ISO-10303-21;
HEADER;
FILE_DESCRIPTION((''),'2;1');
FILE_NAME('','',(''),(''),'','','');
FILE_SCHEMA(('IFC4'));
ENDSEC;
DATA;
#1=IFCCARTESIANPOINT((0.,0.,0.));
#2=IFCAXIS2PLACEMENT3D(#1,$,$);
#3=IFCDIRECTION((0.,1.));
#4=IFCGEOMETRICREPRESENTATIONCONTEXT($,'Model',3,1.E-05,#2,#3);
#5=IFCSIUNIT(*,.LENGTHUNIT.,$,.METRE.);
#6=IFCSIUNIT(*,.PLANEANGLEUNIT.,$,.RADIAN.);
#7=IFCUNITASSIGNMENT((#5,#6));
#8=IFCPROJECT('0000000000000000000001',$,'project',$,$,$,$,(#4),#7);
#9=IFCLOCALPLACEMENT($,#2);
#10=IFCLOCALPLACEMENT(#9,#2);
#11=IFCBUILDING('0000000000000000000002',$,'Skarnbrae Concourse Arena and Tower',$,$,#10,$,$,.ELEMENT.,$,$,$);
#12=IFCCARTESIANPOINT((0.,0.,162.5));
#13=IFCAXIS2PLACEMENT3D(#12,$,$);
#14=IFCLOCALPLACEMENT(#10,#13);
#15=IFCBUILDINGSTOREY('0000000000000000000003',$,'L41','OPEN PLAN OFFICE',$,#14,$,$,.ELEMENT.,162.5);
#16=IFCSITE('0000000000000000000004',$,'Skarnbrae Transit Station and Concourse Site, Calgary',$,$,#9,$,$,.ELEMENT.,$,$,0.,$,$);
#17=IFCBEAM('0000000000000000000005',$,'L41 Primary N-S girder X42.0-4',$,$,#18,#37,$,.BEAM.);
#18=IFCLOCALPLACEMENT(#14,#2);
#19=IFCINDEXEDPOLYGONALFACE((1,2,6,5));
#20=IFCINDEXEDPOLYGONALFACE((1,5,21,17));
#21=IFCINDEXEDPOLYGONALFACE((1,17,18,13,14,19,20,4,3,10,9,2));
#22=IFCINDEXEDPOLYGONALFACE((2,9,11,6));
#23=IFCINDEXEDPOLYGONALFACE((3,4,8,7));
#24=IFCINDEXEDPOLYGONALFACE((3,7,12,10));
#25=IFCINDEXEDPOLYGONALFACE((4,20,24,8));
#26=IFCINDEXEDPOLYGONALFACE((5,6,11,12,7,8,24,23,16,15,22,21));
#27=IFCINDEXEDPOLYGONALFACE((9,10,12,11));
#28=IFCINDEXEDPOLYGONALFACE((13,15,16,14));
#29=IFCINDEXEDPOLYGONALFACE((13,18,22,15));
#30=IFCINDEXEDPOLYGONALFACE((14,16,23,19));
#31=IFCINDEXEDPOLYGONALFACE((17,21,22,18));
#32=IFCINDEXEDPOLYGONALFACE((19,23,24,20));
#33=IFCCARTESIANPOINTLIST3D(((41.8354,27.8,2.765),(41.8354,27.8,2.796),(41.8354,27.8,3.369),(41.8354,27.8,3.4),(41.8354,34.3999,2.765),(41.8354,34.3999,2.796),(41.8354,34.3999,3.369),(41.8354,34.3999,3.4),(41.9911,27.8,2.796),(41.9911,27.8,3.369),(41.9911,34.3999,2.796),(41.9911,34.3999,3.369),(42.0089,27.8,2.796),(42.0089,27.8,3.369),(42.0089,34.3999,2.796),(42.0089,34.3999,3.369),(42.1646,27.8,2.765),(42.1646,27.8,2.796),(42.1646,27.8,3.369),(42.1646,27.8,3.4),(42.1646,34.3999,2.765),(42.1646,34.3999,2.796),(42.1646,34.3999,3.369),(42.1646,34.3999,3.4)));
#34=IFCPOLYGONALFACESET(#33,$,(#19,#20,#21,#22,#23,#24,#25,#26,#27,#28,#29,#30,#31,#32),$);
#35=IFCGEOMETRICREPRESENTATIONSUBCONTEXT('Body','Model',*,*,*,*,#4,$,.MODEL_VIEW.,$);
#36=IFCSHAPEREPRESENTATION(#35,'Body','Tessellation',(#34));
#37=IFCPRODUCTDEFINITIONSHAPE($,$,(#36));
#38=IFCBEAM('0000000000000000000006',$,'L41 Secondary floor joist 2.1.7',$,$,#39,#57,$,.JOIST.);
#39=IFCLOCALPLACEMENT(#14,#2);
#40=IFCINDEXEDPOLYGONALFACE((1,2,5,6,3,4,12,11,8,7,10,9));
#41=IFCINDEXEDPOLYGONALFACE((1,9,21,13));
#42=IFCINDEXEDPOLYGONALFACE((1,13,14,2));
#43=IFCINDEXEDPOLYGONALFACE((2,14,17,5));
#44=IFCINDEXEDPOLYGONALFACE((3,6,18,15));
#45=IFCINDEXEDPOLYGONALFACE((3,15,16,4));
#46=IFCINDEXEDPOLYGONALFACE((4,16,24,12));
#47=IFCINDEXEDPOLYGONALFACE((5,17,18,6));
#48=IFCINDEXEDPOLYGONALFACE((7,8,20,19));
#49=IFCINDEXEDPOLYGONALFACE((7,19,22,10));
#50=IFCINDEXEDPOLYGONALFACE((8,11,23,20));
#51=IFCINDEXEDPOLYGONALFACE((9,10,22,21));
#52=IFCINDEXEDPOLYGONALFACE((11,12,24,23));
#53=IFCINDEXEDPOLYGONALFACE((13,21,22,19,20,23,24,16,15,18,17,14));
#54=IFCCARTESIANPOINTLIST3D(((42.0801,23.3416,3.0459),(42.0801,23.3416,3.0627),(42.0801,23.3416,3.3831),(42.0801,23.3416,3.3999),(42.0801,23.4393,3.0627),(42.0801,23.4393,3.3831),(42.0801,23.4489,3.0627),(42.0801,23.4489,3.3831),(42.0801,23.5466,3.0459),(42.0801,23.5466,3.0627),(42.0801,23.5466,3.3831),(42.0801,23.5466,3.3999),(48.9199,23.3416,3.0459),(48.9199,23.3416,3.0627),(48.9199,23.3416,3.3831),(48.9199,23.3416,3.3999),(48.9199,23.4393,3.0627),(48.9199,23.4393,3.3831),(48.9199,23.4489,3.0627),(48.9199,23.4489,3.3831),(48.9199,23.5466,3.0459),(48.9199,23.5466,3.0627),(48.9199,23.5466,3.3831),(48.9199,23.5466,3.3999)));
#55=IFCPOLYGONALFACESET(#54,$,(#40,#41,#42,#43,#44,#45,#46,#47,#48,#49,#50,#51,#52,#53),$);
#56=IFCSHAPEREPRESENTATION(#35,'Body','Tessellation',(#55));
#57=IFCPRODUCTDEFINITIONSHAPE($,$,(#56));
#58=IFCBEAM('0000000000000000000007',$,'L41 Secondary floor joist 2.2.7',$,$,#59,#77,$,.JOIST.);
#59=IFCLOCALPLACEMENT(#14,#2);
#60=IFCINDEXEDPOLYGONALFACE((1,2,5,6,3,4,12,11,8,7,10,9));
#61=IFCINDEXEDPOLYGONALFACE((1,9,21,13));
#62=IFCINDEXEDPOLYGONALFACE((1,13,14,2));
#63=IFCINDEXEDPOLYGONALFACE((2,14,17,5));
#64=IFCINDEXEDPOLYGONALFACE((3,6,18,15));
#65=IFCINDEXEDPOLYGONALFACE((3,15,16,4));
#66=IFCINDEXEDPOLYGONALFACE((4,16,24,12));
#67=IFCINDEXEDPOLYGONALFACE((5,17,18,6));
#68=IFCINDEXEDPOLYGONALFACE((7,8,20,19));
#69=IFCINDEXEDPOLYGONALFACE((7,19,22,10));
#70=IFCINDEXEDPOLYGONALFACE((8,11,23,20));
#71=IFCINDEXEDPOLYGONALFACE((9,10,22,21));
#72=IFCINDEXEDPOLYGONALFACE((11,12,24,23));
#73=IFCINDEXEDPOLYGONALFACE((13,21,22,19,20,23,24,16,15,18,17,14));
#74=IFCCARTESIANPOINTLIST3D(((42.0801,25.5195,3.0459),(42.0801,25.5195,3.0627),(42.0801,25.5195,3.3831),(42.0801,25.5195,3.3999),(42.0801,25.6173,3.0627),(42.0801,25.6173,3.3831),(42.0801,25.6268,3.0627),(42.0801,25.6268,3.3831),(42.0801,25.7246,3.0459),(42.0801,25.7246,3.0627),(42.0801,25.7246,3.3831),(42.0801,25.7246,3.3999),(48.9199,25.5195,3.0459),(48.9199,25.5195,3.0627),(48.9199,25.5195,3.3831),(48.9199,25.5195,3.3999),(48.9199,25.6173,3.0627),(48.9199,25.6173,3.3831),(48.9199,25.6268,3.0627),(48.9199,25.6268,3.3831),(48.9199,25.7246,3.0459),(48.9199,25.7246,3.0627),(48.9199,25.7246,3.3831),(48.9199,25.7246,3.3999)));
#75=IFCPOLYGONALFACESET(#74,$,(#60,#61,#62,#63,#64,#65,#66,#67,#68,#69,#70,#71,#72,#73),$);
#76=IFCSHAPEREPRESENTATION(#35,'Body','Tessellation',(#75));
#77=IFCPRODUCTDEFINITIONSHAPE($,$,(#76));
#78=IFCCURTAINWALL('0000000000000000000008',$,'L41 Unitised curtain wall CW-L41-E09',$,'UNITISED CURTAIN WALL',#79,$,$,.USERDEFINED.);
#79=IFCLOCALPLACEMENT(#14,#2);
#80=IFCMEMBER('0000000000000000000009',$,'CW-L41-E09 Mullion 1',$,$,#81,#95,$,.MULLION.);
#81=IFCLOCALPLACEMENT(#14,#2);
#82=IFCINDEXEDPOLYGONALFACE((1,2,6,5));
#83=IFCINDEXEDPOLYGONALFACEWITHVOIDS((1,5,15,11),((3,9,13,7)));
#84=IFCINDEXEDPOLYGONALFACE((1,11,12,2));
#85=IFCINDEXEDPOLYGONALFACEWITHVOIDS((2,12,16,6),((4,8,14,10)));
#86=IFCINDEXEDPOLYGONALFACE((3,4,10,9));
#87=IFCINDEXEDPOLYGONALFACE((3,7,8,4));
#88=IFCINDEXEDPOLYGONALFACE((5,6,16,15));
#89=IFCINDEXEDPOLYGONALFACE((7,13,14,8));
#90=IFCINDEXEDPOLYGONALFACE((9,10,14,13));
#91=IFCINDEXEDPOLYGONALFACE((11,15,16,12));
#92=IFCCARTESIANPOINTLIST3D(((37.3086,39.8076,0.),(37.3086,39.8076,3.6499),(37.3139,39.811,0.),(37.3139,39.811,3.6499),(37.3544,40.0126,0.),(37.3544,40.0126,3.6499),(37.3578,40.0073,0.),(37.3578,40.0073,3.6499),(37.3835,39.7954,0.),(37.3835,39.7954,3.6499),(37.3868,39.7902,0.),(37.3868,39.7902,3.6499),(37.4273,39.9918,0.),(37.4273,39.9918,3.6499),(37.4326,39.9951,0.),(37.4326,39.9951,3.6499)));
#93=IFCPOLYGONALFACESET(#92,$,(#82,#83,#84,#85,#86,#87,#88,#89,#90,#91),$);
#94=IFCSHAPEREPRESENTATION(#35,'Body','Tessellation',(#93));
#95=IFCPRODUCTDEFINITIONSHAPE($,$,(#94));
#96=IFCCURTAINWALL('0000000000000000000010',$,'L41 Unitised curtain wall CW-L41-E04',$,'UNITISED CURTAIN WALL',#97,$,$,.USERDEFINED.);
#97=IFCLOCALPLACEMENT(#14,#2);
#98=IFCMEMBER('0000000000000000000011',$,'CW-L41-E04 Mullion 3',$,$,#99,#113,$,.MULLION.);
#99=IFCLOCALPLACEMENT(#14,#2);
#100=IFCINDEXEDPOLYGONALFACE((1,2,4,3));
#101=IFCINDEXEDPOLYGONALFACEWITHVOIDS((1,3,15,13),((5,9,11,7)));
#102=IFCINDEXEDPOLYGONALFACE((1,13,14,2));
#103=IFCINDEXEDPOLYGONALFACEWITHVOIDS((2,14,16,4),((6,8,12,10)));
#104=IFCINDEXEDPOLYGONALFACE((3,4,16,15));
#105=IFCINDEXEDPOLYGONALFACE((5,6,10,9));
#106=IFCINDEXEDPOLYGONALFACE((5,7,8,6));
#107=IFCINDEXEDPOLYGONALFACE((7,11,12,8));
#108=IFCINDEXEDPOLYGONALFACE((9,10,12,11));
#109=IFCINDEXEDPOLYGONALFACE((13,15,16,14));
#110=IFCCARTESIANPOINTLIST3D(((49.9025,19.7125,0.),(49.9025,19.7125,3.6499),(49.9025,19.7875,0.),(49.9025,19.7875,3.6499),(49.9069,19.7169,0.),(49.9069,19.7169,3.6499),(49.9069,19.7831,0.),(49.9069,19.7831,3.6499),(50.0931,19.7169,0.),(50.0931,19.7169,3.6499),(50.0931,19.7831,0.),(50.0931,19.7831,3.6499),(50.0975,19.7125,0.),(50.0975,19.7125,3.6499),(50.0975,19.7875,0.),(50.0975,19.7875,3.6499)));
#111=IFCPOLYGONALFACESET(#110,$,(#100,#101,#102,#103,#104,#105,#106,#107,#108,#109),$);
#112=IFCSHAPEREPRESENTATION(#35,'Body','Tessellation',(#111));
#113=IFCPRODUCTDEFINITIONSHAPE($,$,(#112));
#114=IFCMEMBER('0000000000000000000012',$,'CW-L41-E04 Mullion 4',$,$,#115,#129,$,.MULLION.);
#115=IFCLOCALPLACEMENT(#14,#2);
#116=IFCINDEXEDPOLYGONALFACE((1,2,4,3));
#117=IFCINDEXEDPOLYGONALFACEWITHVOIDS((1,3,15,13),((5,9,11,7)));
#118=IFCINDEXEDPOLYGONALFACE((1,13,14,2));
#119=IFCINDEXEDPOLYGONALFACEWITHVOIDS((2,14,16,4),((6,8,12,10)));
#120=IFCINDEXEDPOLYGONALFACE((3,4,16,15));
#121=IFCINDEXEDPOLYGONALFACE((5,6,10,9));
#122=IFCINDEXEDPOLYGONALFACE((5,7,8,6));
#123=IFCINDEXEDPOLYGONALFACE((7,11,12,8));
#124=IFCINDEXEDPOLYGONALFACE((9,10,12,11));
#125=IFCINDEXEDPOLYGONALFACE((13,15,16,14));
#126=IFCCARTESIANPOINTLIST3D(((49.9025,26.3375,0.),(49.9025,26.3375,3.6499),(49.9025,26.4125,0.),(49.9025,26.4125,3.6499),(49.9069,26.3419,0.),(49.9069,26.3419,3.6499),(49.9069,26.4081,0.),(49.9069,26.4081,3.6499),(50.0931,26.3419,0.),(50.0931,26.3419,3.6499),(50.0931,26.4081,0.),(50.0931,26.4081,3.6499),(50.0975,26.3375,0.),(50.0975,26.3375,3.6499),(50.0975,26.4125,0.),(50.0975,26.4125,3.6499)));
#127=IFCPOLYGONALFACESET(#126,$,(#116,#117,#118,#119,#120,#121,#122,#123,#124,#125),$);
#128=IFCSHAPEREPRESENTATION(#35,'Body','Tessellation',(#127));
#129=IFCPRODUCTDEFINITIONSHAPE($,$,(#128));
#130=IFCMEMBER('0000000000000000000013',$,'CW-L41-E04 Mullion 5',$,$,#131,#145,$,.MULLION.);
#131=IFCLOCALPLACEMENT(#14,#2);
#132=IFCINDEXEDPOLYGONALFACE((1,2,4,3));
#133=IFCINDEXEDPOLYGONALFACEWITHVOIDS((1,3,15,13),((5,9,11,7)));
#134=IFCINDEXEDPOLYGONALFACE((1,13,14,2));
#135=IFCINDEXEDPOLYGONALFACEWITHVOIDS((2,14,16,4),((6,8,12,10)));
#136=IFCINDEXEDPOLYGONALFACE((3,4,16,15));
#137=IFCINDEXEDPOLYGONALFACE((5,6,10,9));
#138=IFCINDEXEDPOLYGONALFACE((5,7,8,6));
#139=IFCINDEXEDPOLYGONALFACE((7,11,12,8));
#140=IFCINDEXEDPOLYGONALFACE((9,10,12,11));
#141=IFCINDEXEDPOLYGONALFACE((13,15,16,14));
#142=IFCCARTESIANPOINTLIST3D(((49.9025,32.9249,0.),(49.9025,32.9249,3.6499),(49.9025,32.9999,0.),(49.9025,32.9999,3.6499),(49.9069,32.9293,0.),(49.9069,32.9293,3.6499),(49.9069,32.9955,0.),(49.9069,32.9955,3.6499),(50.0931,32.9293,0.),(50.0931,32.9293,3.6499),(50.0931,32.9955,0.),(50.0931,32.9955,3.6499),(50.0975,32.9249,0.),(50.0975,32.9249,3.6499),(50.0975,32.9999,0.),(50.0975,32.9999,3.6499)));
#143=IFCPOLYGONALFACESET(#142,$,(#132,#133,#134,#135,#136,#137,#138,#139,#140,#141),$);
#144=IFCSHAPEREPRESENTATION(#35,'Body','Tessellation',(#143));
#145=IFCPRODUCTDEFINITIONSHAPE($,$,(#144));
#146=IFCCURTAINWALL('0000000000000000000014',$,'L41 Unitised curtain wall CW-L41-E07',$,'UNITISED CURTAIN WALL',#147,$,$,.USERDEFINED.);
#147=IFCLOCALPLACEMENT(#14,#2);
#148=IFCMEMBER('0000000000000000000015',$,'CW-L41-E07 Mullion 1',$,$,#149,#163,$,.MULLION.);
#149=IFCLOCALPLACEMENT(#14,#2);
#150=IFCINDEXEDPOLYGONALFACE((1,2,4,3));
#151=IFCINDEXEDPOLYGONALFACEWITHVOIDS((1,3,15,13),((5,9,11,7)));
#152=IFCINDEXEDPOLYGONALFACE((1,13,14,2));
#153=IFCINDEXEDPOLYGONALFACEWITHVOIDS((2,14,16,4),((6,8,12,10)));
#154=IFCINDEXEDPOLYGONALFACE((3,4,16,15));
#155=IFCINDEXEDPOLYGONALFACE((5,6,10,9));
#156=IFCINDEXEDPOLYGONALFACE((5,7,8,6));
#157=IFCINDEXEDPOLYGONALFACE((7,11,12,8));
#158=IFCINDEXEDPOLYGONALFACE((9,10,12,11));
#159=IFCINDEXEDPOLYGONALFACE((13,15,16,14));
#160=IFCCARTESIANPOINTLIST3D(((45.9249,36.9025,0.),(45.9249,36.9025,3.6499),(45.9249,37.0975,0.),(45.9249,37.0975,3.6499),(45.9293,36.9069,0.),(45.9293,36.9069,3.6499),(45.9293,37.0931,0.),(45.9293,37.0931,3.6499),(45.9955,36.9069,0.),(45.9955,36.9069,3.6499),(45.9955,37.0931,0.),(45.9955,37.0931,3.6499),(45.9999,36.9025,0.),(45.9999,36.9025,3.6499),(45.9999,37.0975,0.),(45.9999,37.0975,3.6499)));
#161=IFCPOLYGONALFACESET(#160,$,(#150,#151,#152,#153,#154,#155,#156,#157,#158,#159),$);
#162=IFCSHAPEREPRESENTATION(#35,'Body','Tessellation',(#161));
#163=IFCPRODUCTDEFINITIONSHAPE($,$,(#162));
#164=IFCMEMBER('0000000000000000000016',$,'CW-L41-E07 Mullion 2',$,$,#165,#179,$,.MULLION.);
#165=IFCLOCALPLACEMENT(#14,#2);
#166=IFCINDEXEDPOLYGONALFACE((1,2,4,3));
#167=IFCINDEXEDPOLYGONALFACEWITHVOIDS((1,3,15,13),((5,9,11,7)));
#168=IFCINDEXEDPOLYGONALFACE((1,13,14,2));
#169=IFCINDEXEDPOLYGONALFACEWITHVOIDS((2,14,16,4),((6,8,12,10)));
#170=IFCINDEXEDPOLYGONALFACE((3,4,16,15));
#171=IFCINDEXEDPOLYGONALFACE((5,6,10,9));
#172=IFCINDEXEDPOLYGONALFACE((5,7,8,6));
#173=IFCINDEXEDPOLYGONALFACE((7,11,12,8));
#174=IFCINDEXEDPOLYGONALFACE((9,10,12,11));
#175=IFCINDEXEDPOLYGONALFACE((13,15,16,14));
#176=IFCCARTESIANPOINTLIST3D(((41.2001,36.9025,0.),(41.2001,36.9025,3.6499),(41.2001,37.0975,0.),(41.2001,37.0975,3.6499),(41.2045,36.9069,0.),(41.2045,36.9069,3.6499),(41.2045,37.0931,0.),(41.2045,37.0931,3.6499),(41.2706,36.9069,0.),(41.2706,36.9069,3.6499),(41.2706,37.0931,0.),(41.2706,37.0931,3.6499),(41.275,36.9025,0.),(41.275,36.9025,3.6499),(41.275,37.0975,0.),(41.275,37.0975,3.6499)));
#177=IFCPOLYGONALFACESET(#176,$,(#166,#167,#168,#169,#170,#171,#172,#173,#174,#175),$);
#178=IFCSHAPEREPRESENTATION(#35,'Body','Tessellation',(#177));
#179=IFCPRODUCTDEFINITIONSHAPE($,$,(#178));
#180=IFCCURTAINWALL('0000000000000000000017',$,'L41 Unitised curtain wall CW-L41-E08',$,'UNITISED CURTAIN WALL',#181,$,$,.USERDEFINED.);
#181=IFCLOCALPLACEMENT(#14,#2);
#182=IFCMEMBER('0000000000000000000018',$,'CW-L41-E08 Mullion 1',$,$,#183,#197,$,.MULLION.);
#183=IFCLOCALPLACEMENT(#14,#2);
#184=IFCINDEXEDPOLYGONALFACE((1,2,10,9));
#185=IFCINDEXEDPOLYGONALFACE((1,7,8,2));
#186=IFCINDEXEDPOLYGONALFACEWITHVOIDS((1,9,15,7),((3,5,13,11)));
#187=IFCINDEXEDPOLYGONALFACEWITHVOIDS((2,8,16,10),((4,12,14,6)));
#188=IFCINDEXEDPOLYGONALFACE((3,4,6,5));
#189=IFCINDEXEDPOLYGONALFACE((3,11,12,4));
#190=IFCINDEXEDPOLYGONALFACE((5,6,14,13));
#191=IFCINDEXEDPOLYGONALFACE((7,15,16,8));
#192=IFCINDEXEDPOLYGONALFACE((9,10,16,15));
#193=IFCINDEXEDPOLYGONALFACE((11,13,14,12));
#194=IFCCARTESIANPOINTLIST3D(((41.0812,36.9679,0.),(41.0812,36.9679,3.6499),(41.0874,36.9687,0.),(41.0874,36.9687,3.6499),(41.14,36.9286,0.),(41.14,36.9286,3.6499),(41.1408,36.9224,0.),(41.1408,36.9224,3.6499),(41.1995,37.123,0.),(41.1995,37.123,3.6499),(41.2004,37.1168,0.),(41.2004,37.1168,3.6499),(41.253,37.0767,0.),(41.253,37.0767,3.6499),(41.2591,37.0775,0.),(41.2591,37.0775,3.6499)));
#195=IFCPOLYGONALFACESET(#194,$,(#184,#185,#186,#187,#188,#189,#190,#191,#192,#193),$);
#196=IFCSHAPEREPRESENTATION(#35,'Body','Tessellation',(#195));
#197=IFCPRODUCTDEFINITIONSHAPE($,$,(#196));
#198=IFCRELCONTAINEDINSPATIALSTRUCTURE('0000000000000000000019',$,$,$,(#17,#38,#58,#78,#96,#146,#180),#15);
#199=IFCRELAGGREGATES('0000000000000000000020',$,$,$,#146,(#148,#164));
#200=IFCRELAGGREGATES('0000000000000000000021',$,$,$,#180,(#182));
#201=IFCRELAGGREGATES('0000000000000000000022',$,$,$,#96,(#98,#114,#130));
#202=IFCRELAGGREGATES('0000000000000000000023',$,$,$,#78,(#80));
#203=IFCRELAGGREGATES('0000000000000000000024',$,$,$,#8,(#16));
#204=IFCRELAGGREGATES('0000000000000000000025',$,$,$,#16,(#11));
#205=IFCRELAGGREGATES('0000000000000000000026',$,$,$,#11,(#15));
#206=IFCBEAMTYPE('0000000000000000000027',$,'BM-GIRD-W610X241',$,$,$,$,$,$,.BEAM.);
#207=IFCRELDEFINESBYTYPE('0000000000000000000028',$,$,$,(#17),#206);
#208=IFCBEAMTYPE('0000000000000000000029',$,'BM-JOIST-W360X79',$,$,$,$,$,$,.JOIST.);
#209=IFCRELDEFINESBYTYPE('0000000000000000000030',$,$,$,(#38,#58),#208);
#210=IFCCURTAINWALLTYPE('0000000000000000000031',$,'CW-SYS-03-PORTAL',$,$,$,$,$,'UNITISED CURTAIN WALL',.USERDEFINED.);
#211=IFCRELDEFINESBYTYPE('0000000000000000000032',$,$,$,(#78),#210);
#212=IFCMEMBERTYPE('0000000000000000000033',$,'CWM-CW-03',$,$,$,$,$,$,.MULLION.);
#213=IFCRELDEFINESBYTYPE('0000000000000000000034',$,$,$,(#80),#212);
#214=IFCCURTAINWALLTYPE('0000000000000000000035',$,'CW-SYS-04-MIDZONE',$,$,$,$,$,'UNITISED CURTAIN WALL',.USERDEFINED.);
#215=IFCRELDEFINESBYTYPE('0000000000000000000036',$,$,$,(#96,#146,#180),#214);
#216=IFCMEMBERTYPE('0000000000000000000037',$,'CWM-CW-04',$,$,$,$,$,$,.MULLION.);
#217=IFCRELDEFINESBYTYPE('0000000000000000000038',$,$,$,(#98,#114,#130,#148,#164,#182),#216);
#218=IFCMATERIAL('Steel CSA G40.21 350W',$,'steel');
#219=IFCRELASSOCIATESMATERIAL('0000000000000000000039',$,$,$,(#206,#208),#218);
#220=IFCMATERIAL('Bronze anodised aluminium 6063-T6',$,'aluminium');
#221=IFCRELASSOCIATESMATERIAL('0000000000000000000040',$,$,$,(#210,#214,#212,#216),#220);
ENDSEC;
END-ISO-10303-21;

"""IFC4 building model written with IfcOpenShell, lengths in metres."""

from ifc_helpers import new_model, si_unit, direction, frame, origin, origin_2d, place, context, subcontext, project, spatial, hollow_rectangle, i_section, extrude, source, transform, mapped, material, material_profile, profile_set, type_object, element, aggregate, save


model = new_model("IFC4")

# Units and contexts
model_context = context("Model", 3, precision=1e-05, world=origin(), true_north=direction((0.0, 1.0)))
body_context = subcontext(model_context, "Body", "Model", "MODEL_VIEW")
ifc_project = project(units=[si_unit("LENGTHUNIT", "METRE"), si_unit("PLANEANGLEUNIT", "RADIAN")], contexts=[model_context])

# Site, building, storey
site_placement = place(None, origin())
site = spatial("IfcSite", under=ifc_project, at=site_placement, Name="Skarnbrae Transit Station and Concourse Site, Calgary", CompositionType="ELEMENT", RefElevation=0.0)
building_placement = place(site_placement, origin())
building = spatial("IfcBuilding", under=site, at=building_placement, Name="Skarnbrae Concourse Arena and Tower", CompositionType="ELEMENT")
storey_placement = place(building_placement, frame((0.0, 0.0, 162.5)))
storey = spatial("IfcBuildingStorey", under=building, at=storey_placement, Name="L41", Description="OPEN PLAN OFFICE", CompositionType="ELEMENT", Elevation=162.5)

# Shared definitions
ifc_material_1 = material(Name="Steel CSA G40.21 350W", Category="steel")

# Beams
ifc_material_profile_1 = material_profile(ifc_material_1, i_section(OverallWidth=0.3291, OverallDepth=0.635, WebThickness=0.0178, FlangeThickness=0.031, at=origin_2d()), Name="W610X241")
ifc_profile_set_1 = profile_set([ifc_material_profile_1], Name="Steel CSA G40.21 350W")
beam_type_1 = type_object("IfcBeamType", Name="BM-GIRD-W610X241", PredefinedType="BEAM", material=ifc_profile_set_1)
shared_shape_1 = source(origin(), body_context, "Body", "SweptSolid", [
    extrude(i_section(OverallWidth=0.3291, OverallDepth=0.635, WebThickness=0.0178, FlangeThickness=0.031, at=origin_2d()), origin(), (0.0, 0.0, 1.0), 6.5999),
])
beam_1_placement = place(storey_placement, frame((42.0, 27.8, 3.0825), z_axis=(0.0, 1.0, 0.0), x_axis=(-1.0, 0.0, 0.0)))
element("IfcBeam", 1, at=beam_1_placement, inside=storey, type_object=beam_type_1, Name="L41 Primary N-S girder X42.0-4", PredefinedType="BEAM", context=body_context, shape_type="MappedRepresentation", body=[
    mapped(shared_shape_1, transform((0.0, 0.0, 0.0))),
])
ifc_material_profile_2 = material_profile(ifc_material_1, i_section(OverallWidth=0.2051, OverallDepth=0.354, WebThickness=0.0095, FlangeThickness=0.0168, at=origin_2d()), Name="W360X79")
ifc_profile_set_2 = profile_set([ifc_material_profile_2], Name="Steel CSA G40.21 350W")
beam_type_2 = type_object("IfcBeamType", Name="BM-JOIST-W360X79", PredefinedType="JOIST", material=ifc_profile_set_2)
shared_shape_2 = source(origin(), body_context, "Body", "SweptSolid", [
    extrude(i_section(OverallWidth=0.2051, OverallDepth=0.354, WebThickness=0.0095, FlangeThickness=0.0168, at=origin_2d()), origin(), (0.0, 0.0, 1.0), 6.8398),
])
for number, where, z_axis, x_axis, name in (
    (2, (42.0801, 23.4441, 3.2229), (1.0, 0.0, 0.0), (0.0, 1.0, 0.0), "L41 Secondary floor joist 2.1.7"),
    (3, (42.0801, 25.6221, 3.2229), (1.0, 0.0, 0.0), (0.0, 1.0, 0.0), "L41 Secondary floor joist 2.2.7"),
):
    element("IfcBeam", number, at=place(storey_placement, frame(where, z_axis=z_axis, x_axis=x_axis)), inside=storey, type_object=beam_type_2, Name=name, PredefinedType="JOIST", context=body_context, shape_type="MappedRepresentation", body=[
        mapped(shared_shape_2, transform((0.0, 0.0, 0.0))),
    ])

# Curtain wall, member
ifc_material_2 = material(Name="Bronze anodised aluminium 6063-T6", Category="aluminium")
curtain_wall_type_1 = type_object("IfcCurtainWallType", Name="CW-SYS-03-PORTAL", ElementType="UNITISED CURTAIN WALL", PredefinedType="USERDEFINED", material=ifc_material_2)
curtain_wall_1_placement = place(storey_placement, origin())
curtain_wall_1 = element("IfcCurtainWall", 4, at=curtain_wall_1_placement, inside=storey, type_object=curtain_wall_type_1, Name="L41 Unitised curtain wall CW-L41-E09", ObjectType="UNITISED CURTAIN WALL", PredefinedType="USERDEFINED")
ifc_material_profile_3 = material_profile(ifc_material_2, hollow_rectangle(XDim=0.0801, YDim=0.21, WallThickness=0.0044, at=origin_2d()), Name="ALU-MULL-80X210")
ifc_profile_set_3 = profile_set([ifc_material_profile_3], Name="Bronze anodised aluminium 6063-T6")
member_type_1 = type_object("IfcMemberType", Name="CWM-CW-03", PredefinedType="MULLION", material=ifc_profile_set_3)
shared_shape_3 = source(origin(), body_context, "Body", "SweptSolid", [
    extrude(hollow_rectangle(XDim=0.0801, YDim=0.21, WallThickness=0.0044, at=origin_2d()), origin(), (0.0, 0.0, 1.0), 3.6499),
])
member_1_placement = place(storey_placement, frame((37.3706, 39.9014, 0.0), z_axis=(0.0, 0.0, 1.0), x_axis=(-0.975936, 0.218056, 0.0)))
member_1 = element("IfcMember", 5, at=member_1_placement, type_object=member_type_1, Name="CW-L41-E09 Mullion 1", PredefinedType="MULLION", context=body_context, shape_type="MappedRepresentation", body=[
    mapped(shared_shape_3, transform((0.0, 0.0, 0.0))),
])

# Curtain walls, members
curtain_wall_type_2 = type_object("IfcCurtainWallType", Name="CW-SYS-04-MIDZONE", ElementType="UNITISED CURTAIN WALL", PredefinedType="USERDEFINED", material=ifc_material_2)
curtain_wall_2_placement = place(storey_placement, origin())
curtain_wall_2 = element("IfcCurtainWall", 6, at=curtain_wall_2_placement, inside=storey, type_object=curtain_wall_type_2, Name="L41 Unitised curtain wall CW-L41-E04", ObjectType="UNITISED CURTAIN WALL", PredefinedType="USERDEFINED")
ifc_material_profile_4 = material_profile(ifc_material_2, hollow_rectangle(XDim=0.075, YDim=0.1951, WallThickness=0.0044, at=origin_2d()), Name="ALU-MULL-75X195")
ifc_profile_set_4 = profile_set([ifc_material_profile_4], Name="Bronze anodised aluminium 6063-T6")
member_type_2 = type_object("IfcMemberType", Name="CWM-CW-04", PredefinedType="MULLION", material=ifc_profile_set_4)
shared_shape_4 = source(origin(), body_context, "Body", "SweptSolid", [
    extrude(hollow_rectangle(XDim=0.075, YDim=0.1951, WallThickness=0.0044, at=origin_2d()), origin(), (0.0, 0.0, 1.0), 3.6499),
])
member_2_placement = place(storey_placement, frame((50.0, 19.75, 0.0), z_axis=(0.0, 0.0, 1.0), x_axis=(0.0, 1.0, 0.0)))
member_2 = element("IfcMember", 7, at=member_2_placement, type_object=member_type_2, Name="CW-L41-E04 Mullion 3", PredefinedType="MULLION", context=body_context, shape_type="MappedRepresentation", body=[
    mapped(shared_shape_4, transform((0.0, 0.0, 0.0))),
])
member_3_placement = place(storey_placement, frame((50.0, 26.375, 0.0), z_axis=(0.0, 0.0, 1.0), x_axis=(0.0, 1.0, 0.0)))
member_3 = element("IfcMember", 8, at=member_3_placement, type_object=member_type_2, Name="CW-L41-E04 Mullion 4", PredefinedType="MULLION", context=body_context, shape_type="MappedRepresentation", body=[
    mapped(shared_shape_4, transform((0.0, 0.0, 0.0))),
])
member_4_placement = place(storey_placement, frame((50.0, 32.9624, 0.0), z_axis=(0.0, 0.0, 1.0), x_axis=(0.0, 1.0, 0.0)))
member_4 = element("IfcMember", 9, at=member_4_placement, type_object=member_type_2, Name="CW-L41-E04 Mullion 5", PredefinedType="MULLION", context=body_context, shape_type="MappedRepresentation", body=[
    mapped(shared_shape_4, transform((0.0, 0.0, 0.0))),
])
curtain_wall_3_placement = place(storey_placement, origin())
curtain_wall_3 = element("IfcCurtainWall", 10, at=curtain_wall_3_placement, inside=storey, type_object=curtain_wall_type_2, Name="L41 Unitised curtain wall CW-L41-E07", ObjectType="UNITISED CURTAIN WALL", PredefinedType="USERDEFINED")
member_5_placement = place(storey_placement, frame((45.9624, 37.0, 0.0), z_axis=(0.0, 0.0, 1.0), x_axis=(-1.0, 0.0, 0.0)))
member_5 = element("IfcMember", 11, at=member_5_placement, type_object=member_type_2, Name="CW-L41-E07 Mullion 1", PredefinedType="MULLION", context=body_context, shape_type="MappedRepresentation", body=[
    mapped(shared_shape_4, transform((0.0, 0.0, 0.0))),
])
member_6_placement = place(storey_placement, frame((41.2375, 37.0, 0.0), z_axis=(0.0, 0.0, 1.0), x_axis=(-1.0, 0.0, 0.0)))
member_6 = element("IfcMember", 12, at=member_6_placement, type_object=member_type_2, Name="CW-L41-E07 Mullion 2", PredefinedType="MULLION", context=body_context, shape_type="MappedRepresentation", body=[
    mapped(shared_shape_4, transform((0.0, 0.0, 0.0))),
])
curtain_wall_4_placement = place(storey_placement, origin())
curtain_wall_4 = element("IfcCurtainWall", 13, at=curtain_wall_4_placement, inside=storey, type_object=curtain_wall_type_2, Name="L41 Unitised curtain wall CW-L41-E08", ObjectType="UNITISED CURTAIN WALL", PredefinedType="USERDEFINED")
member_7_placement = place(storey_placement, frame((41.1702, 37.0227, 0.0), z_axis=(0.0, 0.0, 1.0), x_axis=(-0.794956, 0.606667, 0.0)))
member_7 = element("IfcMember", 14, at=member_7_placement, type_object=member_type_2, Name="CW-L41-E08 Mullion 1", PredefinedType="MULLION", context=body_context, shape_type="MappedRepresentation", body=[
    mapped(shared_shape_4, transform((0.0, 0.0, 0.0))),
])

aggregate(curtain_wall_3, [member_5, member_6])
aggregate(curtain_wall_4, [member_7])
aggregate(curtain_wall_2, [member_2, member_3, member_4])
aggregate(curtain_wall_1, [member_1])

save(model, "model.ifc")
